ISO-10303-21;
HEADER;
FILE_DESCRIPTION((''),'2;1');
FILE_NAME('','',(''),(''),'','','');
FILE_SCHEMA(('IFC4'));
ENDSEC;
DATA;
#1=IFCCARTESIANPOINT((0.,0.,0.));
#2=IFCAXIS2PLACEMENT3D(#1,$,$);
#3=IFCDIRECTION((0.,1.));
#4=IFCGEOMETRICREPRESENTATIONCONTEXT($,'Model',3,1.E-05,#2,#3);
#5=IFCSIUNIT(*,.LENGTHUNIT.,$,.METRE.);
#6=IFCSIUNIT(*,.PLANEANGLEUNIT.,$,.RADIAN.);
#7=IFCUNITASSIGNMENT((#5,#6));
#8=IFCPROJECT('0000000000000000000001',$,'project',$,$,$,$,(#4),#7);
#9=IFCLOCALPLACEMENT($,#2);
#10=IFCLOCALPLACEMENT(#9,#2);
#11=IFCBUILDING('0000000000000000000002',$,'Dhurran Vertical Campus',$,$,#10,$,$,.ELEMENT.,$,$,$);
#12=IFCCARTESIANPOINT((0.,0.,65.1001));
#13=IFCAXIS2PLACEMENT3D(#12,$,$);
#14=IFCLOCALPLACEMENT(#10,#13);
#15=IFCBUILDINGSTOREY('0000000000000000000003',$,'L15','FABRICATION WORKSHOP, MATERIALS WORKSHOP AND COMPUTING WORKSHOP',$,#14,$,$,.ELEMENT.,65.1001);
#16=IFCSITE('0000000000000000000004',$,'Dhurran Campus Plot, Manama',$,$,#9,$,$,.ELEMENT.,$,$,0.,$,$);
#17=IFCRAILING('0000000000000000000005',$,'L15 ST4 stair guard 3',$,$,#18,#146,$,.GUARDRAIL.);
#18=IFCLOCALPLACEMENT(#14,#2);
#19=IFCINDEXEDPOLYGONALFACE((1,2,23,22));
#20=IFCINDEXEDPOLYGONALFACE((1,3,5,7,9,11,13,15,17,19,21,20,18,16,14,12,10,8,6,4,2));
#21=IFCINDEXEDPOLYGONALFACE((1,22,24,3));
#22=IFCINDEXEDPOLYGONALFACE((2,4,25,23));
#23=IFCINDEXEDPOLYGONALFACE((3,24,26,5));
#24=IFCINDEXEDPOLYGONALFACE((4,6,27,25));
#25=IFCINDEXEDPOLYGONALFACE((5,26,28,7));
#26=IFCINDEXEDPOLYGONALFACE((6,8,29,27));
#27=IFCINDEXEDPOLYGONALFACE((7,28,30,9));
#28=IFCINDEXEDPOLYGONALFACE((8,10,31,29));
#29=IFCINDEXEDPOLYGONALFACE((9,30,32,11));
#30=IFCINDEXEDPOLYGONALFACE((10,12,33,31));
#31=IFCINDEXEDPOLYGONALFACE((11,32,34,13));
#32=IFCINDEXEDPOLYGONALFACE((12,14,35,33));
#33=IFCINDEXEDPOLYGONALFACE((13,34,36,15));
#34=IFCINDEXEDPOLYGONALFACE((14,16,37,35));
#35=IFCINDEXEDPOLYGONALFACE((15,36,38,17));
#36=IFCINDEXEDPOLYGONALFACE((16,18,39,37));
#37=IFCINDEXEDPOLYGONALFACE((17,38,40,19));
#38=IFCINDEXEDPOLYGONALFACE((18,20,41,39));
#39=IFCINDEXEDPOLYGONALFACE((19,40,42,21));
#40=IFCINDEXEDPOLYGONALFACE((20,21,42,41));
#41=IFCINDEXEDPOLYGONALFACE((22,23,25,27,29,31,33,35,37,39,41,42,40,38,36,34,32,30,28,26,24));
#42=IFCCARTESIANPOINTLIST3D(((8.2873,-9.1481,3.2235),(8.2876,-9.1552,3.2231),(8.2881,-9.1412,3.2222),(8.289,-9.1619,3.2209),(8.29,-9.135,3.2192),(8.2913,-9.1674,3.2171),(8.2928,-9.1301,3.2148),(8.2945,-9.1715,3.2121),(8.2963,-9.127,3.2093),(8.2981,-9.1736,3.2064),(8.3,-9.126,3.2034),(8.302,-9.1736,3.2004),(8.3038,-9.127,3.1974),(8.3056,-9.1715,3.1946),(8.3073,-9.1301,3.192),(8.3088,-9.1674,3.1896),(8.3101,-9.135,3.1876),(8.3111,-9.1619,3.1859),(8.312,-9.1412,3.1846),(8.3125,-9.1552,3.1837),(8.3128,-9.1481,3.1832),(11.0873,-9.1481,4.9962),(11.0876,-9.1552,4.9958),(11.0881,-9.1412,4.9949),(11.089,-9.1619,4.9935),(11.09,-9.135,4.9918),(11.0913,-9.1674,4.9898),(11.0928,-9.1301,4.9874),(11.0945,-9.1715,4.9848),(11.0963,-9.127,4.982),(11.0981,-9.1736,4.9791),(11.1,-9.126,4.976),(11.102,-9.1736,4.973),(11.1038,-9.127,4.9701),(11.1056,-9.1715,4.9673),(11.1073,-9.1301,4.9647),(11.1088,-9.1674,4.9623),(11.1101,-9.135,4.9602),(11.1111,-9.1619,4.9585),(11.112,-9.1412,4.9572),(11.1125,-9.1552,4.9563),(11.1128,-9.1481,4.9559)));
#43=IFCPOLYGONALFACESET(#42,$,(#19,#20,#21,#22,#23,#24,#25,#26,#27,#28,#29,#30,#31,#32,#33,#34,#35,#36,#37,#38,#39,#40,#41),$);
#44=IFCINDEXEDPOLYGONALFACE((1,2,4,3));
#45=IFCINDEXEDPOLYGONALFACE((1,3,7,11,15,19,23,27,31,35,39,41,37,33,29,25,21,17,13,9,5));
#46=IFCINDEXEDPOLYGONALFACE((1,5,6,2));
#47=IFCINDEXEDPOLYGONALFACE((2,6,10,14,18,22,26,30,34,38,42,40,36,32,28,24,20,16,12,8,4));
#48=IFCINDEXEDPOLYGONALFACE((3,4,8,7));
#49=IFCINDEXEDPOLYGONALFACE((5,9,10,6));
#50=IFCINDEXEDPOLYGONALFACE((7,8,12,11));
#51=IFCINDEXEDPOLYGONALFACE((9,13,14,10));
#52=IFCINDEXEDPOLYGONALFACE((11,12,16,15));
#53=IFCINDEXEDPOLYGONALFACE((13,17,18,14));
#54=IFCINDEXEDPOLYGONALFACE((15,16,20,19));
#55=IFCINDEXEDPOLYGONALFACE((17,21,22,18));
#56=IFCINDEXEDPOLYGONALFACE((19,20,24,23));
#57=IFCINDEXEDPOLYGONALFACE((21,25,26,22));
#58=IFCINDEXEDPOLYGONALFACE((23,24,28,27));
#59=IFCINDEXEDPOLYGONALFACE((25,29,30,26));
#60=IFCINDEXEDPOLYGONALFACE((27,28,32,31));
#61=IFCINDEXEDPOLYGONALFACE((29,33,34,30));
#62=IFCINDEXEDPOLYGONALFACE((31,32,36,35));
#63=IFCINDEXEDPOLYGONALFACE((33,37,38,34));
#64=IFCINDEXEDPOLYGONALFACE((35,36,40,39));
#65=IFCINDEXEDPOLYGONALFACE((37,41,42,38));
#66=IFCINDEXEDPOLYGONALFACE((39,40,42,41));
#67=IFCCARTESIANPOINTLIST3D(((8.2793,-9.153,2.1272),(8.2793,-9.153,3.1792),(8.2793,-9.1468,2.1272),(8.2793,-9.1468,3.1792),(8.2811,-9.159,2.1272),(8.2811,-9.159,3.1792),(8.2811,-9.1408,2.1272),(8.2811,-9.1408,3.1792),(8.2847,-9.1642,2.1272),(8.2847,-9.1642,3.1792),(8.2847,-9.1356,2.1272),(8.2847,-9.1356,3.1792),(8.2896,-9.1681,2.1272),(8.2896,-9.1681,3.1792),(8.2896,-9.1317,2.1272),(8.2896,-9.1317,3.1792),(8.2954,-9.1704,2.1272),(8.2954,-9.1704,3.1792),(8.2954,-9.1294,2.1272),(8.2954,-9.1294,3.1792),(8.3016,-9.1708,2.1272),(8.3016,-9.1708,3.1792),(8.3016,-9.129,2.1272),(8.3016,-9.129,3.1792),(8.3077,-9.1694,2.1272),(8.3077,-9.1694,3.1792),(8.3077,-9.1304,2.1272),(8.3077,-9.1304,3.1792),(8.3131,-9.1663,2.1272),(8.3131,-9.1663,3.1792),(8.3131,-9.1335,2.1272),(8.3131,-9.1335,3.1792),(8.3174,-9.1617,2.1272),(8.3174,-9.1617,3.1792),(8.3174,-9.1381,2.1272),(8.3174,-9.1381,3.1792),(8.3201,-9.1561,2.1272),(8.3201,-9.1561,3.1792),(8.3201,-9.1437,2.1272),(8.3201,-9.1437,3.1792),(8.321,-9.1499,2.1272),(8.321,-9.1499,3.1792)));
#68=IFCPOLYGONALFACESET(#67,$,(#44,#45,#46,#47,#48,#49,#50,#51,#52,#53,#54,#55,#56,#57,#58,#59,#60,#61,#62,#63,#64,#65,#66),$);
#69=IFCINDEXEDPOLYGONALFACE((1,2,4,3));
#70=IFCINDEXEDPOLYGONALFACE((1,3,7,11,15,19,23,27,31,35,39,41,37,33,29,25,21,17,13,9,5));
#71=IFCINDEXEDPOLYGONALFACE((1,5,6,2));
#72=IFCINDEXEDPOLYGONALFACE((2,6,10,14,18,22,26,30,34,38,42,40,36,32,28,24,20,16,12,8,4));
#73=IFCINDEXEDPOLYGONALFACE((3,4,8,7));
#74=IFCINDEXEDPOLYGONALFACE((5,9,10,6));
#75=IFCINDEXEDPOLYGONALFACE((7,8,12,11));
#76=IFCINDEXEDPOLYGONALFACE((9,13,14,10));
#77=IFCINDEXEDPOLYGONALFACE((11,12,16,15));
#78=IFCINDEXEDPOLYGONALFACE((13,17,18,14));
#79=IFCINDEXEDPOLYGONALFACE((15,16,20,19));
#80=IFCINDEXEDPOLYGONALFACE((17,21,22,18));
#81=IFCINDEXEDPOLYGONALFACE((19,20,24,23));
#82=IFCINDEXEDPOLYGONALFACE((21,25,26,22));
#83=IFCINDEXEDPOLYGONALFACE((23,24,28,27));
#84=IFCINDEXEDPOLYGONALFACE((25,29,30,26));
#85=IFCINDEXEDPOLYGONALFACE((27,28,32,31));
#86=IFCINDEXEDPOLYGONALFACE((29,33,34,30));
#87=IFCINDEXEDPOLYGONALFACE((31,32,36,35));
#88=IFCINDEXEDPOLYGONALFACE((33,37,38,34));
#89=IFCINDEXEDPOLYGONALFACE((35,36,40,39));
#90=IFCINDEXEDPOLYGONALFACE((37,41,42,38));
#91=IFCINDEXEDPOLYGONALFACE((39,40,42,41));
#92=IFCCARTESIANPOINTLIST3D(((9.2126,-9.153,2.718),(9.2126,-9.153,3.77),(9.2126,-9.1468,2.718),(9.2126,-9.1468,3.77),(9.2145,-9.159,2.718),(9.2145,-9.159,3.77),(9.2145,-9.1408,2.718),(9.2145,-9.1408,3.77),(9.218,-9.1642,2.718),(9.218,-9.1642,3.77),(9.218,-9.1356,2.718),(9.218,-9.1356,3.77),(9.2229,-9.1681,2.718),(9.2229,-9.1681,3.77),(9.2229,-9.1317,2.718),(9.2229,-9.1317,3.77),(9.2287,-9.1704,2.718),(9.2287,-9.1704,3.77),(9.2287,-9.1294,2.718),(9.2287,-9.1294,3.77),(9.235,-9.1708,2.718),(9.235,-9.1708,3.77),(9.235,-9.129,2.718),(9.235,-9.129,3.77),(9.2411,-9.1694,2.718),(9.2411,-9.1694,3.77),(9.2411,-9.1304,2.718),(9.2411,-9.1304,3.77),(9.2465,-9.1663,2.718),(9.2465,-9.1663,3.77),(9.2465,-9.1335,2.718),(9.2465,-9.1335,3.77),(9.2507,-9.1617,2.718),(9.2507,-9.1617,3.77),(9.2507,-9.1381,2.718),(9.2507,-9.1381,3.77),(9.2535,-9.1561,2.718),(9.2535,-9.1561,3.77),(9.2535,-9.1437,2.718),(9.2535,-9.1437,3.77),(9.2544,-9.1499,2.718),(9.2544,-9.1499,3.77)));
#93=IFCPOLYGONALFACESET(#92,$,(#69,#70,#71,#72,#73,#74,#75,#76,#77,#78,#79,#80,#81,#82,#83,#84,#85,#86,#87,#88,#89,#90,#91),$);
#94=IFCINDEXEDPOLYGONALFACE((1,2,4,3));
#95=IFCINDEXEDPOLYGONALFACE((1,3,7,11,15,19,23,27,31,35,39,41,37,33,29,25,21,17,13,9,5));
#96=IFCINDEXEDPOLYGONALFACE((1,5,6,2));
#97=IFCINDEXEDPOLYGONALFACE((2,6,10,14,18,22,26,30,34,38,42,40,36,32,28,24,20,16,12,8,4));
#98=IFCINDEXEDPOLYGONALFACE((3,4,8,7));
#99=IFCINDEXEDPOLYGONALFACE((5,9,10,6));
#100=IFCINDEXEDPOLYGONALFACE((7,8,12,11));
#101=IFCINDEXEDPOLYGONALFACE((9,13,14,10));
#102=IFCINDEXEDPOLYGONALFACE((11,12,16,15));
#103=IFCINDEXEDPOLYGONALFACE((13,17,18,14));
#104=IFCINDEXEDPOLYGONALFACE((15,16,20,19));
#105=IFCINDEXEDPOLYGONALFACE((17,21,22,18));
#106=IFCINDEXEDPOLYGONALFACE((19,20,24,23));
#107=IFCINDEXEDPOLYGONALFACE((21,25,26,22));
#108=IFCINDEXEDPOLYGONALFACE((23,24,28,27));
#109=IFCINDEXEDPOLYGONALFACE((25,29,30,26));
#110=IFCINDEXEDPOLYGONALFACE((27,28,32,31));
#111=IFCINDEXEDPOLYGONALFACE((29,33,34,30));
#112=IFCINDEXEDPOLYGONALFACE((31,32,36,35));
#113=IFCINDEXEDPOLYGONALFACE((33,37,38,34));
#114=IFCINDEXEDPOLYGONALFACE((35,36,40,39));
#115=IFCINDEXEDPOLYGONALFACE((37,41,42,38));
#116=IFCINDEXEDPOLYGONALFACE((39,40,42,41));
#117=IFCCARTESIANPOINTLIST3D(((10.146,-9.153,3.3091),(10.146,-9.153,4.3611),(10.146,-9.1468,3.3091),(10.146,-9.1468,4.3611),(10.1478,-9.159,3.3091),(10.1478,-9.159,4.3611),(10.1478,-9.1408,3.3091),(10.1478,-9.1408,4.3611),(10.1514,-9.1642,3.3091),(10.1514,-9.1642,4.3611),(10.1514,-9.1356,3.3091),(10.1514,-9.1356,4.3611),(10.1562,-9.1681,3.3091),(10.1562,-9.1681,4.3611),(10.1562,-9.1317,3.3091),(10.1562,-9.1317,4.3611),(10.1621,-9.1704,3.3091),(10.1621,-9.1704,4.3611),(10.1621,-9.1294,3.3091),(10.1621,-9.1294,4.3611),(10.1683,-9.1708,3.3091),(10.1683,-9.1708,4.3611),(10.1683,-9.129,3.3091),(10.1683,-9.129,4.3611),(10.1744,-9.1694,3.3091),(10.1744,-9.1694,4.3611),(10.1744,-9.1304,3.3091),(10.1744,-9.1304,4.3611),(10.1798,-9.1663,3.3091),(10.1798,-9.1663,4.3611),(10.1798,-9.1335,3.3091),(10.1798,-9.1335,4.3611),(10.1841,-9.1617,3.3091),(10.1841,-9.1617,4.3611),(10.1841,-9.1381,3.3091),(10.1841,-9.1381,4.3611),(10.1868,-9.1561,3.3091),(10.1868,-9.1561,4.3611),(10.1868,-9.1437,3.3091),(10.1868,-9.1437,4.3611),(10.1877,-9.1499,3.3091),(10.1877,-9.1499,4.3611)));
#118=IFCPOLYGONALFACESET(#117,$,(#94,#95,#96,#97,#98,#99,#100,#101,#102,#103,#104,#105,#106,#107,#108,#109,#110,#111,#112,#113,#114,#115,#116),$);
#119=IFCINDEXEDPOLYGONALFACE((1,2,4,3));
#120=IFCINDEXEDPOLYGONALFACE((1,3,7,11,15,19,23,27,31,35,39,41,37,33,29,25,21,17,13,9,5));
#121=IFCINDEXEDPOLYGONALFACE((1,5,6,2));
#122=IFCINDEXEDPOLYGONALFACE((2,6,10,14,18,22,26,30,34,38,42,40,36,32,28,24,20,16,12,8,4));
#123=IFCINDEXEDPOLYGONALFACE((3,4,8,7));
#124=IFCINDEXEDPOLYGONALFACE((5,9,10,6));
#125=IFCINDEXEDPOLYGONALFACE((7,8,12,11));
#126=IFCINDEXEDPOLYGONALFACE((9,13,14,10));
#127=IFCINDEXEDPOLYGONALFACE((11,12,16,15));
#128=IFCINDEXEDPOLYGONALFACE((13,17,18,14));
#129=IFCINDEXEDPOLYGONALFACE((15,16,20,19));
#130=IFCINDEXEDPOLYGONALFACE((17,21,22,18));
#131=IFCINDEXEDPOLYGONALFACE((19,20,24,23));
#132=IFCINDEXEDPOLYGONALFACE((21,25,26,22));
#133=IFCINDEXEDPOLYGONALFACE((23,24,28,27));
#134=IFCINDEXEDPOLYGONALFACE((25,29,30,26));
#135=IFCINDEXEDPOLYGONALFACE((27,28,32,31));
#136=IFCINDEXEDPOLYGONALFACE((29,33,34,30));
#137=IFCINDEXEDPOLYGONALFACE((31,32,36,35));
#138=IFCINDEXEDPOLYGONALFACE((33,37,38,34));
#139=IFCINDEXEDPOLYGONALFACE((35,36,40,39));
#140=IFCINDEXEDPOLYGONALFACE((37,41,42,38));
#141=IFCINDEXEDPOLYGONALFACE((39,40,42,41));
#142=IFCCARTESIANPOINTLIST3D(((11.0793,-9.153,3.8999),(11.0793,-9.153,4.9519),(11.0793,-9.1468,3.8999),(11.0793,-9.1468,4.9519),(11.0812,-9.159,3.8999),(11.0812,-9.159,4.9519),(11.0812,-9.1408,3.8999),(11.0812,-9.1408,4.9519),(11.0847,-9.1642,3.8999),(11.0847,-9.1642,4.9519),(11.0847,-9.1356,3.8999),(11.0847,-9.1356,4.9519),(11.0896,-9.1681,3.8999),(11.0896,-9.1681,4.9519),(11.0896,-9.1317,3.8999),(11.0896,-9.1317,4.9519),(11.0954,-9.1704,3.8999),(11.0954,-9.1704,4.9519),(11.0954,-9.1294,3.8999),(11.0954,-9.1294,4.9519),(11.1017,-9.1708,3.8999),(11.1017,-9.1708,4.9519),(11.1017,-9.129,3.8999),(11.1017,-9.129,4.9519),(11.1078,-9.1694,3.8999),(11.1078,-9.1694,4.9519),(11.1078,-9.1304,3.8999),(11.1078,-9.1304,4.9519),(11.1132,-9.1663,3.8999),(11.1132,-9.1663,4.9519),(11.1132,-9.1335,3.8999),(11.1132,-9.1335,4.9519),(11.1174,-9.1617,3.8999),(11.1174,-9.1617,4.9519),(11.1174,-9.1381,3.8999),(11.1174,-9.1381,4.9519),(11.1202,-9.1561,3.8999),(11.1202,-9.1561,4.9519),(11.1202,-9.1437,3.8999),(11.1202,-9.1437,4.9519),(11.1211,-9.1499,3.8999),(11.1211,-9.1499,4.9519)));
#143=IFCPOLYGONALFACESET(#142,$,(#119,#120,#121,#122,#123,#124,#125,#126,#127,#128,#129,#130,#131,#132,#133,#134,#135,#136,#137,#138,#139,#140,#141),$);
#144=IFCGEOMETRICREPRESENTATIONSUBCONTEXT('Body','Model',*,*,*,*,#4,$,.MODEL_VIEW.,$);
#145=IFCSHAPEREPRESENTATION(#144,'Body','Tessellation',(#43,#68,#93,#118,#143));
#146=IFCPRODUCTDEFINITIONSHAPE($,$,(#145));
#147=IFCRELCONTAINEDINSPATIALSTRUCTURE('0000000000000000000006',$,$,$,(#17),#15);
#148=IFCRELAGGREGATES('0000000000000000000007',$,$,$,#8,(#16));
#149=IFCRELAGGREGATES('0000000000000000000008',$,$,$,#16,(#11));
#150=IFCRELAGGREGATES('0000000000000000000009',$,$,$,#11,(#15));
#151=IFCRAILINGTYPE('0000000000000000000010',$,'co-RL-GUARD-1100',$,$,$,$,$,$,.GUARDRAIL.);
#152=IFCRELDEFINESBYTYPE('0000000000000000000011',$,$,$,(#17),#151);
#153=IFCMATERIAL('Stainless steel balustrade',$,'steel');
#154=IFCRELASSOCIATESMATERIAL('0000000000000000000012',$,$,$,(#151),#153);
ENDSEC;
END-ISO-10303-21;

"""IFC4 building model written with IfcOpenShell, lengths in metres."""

from ifc_helpers import new_model, si_unit, direction, frame, origin, origin_2d, place, context, subcontext, project, spatial, circle, extrude, material, type_object, element, save


model = new_model("IFC4")

# Units and contexts
model_context = context("Model", 3, precision=1e-05, world=origin(), true_north=direction((0.0, 1.0)))
body_context = subcontext(model_context, "Body", "Model", "MODEL_VIEW")
ifc_project = project(units=[si_unit("LENGTHUNIT", "METRE"), si_unit("PLANEANGLEUNIT", "RADIAN")], contexts=[model_context])

# Site, building, storey
site_placement = place(None, origin())
site = spatial("IfcSite", under=ifc_project, at=site_placement, Name="Dhurran Campus Plot, Manama", CompositionType="ELEMENT", RefElevation=0.0)
building_placement = place(site_placement, origin())
building = spatial("IfcBuilding", under=site, at=building_placement, Name="Dhurran Vertical Campus", CompositionType="ELEMENT")
storey_placement = place(building_placement, frame((0.0, 0.0, 65.1001)))
storey = spatial("IfcBuildingStorey", under=building, at=storey_placement, Name="L15", Description="FABRICATION WORKSHOP, MATERIALS WORKSHOP AND COMPUTING WORKSHOP", CompositionType="ELEMENT", Elevation=65.1001)

# Railing
ifc_material_1 = material(Name="Stainless steel balustrade", Category="steel")
railing_type_1 = type_object("IfcRailingType", Name="co-RL-GUARD-1100", PredefinedType="GUARDRAIL", material=ifc_material_1)
railing_1_placement = place(storey_placement, frame((8.3, -9.1499, 2.1272)))
element("IfcRailing", 1, at=railing_1_placement, inside=storey, type_object=railing_type_1, Name="L15 ST4 stair guard 3", PredefinedType="GUARDRAIL", context=body_context, shape_type="SweptSolid", body=[
    extrude(circle(Radius=0.0239, at=origin_2d()), frame((0.0, 0.0, 1.0762), z_axis=(0.844909, 0.0, 0.53491), x_axis=(0.0, 1.0, 0.0)), (0.0, 0.0, 1.0), 3.314),
    extrude(circle(Radius=0.021, at=origin_2d()), origin(), (0.0, 0.0, 1.0), 1.052),
    extrude(circle(Radius=0.021, at=origin_2d()), frame((0.9333, 0.0, 0.5908)), (0.0, 0.0, 1.0), 1.052),
    extrude(circle(Radius=0.021, at=origin_2d()), frame((1.8667, 0.0, 1.1819)), (0.0, 0.0, 1.0), 1.052),
    extrude(circle(Radius=0.021, at=origin_2d()), frame((2.8, 0.0, 1.7727)), (0.0, 0.0, 1.0), 1.052),
])

save(model, "model.ifc")
